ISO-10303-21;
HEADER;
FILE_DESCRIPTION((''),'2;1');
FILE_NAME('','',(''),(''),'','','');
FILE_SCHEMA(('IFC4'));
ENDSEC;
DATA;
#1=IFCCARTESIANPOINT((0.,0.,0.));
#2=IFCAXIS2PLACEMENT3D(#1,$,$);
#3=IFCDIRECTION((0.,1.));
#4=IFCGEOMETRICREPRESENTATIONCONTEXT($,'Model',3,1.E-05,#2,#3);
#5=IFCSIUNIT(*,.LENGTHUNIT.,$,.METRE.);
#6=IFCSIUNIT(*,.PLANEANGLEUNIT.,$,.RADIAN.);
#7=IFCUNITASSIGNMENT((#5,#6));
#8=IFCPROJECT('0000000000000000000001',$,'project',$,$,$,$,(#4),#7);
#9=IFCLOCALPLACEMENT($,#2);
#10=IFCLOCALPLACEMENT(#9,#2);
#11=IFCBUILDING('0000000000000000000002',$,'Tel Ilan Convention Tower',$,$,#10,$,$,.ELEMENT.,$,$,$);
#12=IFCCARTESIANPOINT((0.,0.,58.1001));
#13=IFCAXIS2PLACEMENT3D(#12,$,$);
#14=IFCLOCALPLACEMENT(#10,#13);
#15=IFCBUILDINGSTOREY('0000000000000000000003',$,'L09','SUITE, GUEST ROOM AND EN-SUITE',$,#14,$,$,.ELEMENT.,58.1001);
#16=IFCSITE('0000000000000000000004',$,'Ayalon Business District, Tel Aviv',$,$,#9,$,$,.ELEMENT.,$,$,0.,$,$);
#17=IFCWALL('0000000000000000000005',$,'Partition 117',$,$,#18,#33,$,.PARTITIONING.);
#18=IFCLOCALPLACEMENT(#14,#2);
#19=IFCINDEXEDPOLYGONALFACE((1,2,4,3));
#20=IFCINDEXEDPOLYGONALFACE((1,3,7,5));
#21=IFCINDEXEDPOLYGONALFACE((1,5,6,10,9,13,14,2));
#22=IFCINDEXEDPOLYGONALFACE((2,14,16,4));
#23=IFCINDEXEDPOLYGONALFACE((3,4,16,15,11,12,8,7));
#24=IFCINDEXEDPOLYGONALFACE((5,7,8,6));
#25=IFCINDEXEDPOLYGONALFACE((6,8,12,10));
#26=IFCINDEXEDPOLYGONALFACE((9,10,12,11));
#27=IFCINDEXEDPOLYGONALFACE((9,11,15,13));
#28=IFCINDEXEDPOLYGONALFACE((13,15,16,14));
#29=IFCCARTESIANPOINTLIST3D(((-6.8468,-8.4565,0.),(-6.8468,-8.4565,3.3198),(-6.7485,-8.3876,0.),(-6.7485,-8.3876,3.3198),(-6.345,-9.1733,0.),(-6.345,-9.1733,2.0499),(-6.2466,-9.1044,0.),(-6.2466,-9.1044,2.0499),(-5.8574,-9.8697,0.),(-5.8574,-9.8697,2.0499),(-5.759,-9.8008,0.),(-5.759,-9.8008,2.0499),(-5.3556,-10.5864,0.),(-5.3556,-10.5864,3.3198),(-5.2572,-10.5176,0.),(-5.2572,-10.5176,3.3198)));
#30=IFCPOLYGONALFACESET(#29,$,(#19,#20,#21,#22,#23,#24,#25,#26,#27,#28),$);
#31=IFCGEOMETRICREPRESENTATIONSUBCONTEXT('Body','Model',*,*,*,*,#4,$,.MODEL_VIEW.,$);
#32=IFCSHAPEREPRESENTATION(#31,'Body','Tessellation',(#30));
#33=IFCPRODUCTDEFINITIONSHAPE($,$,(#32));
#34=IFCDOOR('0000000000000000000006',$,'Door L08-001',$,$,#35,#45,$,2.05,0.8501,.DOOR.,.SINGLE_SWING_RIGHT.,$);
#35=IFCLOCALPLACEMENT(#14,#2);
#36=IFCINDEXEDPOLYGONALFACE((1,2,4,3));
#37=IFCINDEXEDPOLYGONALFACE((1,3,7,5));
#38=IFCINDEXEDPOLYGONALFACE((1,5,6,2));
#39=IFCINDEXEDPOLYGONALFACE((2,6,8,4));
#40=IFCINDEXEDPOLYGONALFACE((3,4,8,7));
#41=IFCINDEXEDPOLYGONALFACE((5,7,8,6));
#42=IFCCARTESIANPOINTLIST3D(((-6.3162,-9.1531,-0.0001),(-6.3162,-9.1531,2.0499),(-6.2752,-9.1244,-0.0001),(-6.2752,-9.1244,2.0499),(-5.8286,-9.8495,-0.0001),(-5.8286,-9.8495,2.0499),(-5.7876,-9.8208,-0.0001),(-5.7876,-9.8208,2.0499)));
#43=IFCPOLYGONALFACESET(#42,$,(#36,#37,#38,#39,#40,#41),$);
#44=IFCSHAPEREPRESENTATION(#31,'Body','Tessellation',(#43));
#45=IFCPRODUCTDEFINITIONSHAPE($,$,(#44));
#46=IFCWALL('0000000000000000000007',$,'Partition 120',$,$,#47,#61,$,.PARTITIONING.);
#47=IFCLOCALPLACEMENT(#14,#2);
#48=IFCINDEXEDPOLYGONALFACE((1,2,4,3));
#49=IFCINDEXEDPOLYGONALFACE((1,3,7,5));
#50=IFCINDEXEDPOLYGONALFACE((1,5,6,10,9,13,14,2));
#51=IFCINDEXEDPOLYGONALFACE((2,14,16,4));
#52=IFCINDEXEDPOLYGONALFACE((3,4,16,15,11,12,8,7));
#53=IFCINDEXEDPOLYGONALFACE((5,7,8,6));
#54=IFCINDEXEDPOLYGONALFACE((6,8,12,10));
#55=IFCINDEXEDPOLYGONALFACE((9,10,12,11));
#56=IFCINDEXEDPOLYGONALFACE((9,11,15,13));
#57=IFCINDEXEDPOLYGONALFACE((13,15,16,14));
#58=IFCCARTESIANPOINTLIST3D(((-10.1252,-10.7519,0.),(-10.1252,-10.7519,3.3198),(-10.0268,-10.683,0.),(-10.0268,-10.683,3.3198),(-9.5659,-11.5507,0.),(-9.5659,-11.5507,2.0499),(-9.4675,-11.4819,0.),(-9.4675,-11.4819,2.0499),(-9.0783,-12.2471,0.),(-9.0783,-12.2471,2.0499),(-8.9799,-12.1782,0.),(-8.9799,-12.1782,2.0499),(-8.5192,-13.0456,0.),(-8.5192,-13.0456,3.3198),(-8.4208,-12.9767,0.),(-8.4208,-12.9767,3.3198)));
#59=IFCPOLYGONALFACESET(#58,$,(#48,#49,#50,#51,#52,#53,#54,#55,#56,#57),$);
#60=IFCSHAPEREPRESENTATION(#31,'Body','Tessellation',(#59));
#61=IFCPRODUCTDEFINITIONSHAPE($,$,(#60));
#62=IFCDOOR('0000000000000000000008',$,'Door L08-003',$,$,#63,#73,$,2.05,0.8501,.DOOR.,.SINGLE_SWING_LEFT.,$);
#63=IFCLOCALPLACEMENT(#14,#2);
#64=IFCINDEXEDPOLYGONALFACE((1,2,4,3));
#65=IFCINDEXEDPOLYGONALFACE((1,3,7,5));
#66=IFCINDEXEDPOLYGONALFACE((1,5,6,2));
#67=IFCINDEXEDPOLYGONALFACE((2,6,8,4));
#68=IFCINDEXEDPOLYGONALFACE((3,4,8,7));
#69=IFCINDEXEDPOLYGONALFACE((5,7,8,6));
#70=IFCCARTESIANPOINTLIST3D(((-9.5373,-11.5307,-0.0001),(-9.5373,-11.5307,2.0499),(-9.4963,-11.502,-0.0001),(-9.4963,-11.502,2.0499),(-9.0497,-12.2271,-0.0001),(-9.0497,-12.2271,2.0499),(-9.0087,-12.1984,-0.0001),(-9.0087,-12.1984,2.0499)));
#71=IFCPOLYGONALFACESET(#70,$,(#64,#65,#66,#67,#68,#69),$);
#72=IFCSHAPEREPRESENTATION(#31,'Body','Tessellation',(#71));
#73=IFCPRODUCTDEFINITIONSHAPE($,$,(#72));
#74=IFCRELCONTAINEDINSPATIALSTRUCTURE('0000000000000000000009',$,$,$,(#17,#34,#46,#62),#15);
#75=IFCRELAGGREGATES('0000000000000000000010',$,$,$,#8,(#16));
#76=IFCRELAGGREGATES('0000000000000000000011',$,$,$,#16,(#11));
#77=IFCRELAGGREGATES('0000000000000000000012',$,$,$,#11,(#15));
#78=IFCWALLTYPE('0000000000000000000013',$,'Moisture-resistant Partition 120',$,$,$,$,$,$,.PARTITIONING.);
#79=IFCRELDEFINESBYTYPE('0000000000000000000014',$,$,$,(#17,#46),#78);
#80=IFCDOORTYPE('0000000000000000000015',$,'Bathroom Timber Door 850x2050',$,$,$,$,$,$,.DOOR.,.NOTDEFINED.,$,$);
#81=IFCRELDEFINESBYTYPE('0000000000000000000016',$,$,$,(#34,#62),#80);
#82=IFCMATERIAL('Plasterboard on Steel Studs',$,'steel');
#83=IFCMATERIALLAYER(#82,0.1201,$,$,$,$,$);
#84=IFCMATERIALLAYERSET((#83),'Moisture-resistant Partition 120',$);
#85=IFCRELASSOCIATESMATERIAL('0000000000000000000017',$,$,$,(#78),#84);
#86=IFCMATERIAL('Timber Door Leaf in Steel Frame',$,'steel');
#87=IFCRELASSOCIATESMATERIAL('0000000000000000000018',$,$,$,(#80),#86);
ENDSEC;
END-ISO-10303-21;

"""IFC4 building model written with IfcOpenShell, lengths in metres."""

from ifc_helpers import new_model, si_unit, direction, frame, frame_2d, origin, place, context, subcontext, project, spatial, rectangle, extrude, material, layer, layer_set, type_object, element, fill, save


model = new_model("IFC4")

# Units and contexts
model_context = context("Model", 3, precision=1e-05, world=origin(), true_north=direction((0.0, 1.0)))
body_context = subcontext(model_context, "Body", "Model", "MODEL_VIEW")
ifc_project = project(units=[si_unit("LENGTHUNIT", "METRE"), si_unit("PLANEANGLEUNIT", "RADIAN")], contexts=[model_context])

# Site, building, storey
site_placement = place(None, origin())
site = spatial("IfcSite", under=ifc_project, at=site_placement, Name="Ayalon Business District, Tel Aviv", CompositionType="ELEMENT", RefElevation=0.0)
building_placement = place(site_placement, origin())
building = spatial("IfcBuilding", under=site, at=building_placement, Name="Tel Ilan Convention Tower", CompositionType="ELEMENT")
storey_placement = place(building_placement, frame((0.0, 0.0, 58.1001)))
storey = spatial("IfcBuildingStorey", under=building, at=storey_placement, Name="L09", Description="SUITE, GUEST ROOM AND EN-SUITE", CompositionType="ELEMENT", Elevation=58.1001)

# Walls, openings, doors
ifc_material_1 = material(Name="Plasterboard on Steel Studs", Category="steel")
ifc_layer_1 = layer(ifc_material_1, 0.1201)
ifc_layer_set_1 = layer_set([ifc_layer_1], Name="Moisture-resistant Partition 120")
wall_type_1 = type_object("IfcWallType", Name="Moisture-resistant Partition 120", PredefinedType="PARTITIONING", material=ifc_layer_set_1)
wall_1_placement = place(storey_placement, frame((-5.3064, -10.552, 0.0), z_axis=(0.0, 0.0, 1.0), x_axis=(-0.573538, 0.819179, 0.0)))
wall_1 = element("IfcWall", 1, at=wall_1_placement, inside=storey, type_object=wall_type_1, Name="Partition 117", PredefinedType="PARTITIONING", context=body_context, shape_type="SweptSolid", body=[
    extrude(rectangle(XDim=2.6001, YDim=0.1201, at=frame_2d((1.3, 0.0))), origin(), (0.0, 0.0, 1.0), 3.3198),
])
opening_1_placement = place(wall_1_placement, frame((0.875, 0.0, 0.0)))
opening_1 = element("IfcOpeningElement", 2, at=opening_1_placement, cuts=wall_1, PredefinedType="OPENING", context=body_context, shape_type="SweptSolid", body=[
    extrude(rectangle(XDim=0.8501, YDim=2.05, at=frame_2d((0.425, 1.0249))), frame((0.0, 0.0701, 0.0), z_axis=(0.0, -1.0, 0.0), x_axis=(1.0, 0.0, 0.0)), (0.0, 0.0, 1.0), 0.1401),
])
ifc_material_2 = material(Name="Timber Door Leaf in Steel Frame", Category="steel")
door_type_1 = type_object("IfcDoorType", Name="Bathroom Timber Door 850x2050", OperationType="NOTDEFINED", PredefinedType="DOOR", material=ifc_material_2)
door_1_placement = place(opening_1_placement, origin())
door_1 = element("IfcDoor", 3, at=door_1_placement, inside=storey, type_object=door_type_1, Name="Door L08-001", OperationType="SINGLE_SWING_RIGHT", OverallHeight=2.05, OverallWidth=0.8501, PredefinedType="DOOR", context=body_context, shape_type="SweptSolid", body=[
    extrude(rectangle(XDim=0.8501, YDim=2.05, at=frame_2d((0.425, 1.0249))), frame((0.0, 0.0249, 0.0), z_axis=(0.0, -1.0, 0.0), x_axis=(1.0, 0.0, 0.0)), (0.0, 0.0, 1.0), 0.05),
])
fill(opening_1, door_1)
wall_2_placement = place(storey_placement, frame((-10.0759, -10.7175, 0.0), z_axis=(0.0, 0.0, 1.0), x_axis=(0.57355, -0.81917, 0.0)))
wall_2 = element("IfcWall", 4, at=wall_2_placement, inside=storey, type_object=wall_type_1, Name="Partition 120", PredefinedType="PARTITIONING", context=body_context, shape_type="SweptSolid", body=[
    extrude(rectangle(XDim=2.8, YDim=0.1201, at=frame_2d((1.3999, 0.0))), origin(), (0.0, 0.0, 1.0), 3.3198),
])
opening_2_placement = place(wall_2_placement, frame((0.9751, 0.0, 0.0)))
opening_2 = element("IfcOpeningElement", 5, at=opening_2_placement, cuts=wall_2, PredefinedType="OPENING", context=body_context, shape_type="SweptSolid", body=[
    extrude(rectangle(XDim=0.8501, YDim=2.05, at=frame_2d((0.425, 1.0249))), frame((0.0, 0.0701, 0.0), z_axis=(0.0, -1.0, 0.0), x_axis=(1.0, 0.0, 0.0)), (0.0, 0.0, 1.0), 0.1401),
])
door_2_placement = place(opening_2_placement, origin())
door_2 = element("IfcDoor", 6, at=door_2_placement, inside=storey, type_object=door_type_1, Name="Door L08-003", OperationType="SINGLE_SWING_LEFT", OverallHeight=2.05, OverallWidth=0.8501, PredefinedType="DOOR", context=body_context, shape_type="SweptSolid", body=[
    extrude(rectangle(XDim=0.8501, YDim=2.05, at=frame_2d((0.425, 1.0249))), frame((0.0, 0.0249, 0.0), z_axis=(0.0, -1.0, 0.0), x_axis=(1.0, 0.0, 0.0)), (0.0, 0.0, 1.0), 0.05),
])
fill(opening_2, door_2)

save(model, "model.ifc")
